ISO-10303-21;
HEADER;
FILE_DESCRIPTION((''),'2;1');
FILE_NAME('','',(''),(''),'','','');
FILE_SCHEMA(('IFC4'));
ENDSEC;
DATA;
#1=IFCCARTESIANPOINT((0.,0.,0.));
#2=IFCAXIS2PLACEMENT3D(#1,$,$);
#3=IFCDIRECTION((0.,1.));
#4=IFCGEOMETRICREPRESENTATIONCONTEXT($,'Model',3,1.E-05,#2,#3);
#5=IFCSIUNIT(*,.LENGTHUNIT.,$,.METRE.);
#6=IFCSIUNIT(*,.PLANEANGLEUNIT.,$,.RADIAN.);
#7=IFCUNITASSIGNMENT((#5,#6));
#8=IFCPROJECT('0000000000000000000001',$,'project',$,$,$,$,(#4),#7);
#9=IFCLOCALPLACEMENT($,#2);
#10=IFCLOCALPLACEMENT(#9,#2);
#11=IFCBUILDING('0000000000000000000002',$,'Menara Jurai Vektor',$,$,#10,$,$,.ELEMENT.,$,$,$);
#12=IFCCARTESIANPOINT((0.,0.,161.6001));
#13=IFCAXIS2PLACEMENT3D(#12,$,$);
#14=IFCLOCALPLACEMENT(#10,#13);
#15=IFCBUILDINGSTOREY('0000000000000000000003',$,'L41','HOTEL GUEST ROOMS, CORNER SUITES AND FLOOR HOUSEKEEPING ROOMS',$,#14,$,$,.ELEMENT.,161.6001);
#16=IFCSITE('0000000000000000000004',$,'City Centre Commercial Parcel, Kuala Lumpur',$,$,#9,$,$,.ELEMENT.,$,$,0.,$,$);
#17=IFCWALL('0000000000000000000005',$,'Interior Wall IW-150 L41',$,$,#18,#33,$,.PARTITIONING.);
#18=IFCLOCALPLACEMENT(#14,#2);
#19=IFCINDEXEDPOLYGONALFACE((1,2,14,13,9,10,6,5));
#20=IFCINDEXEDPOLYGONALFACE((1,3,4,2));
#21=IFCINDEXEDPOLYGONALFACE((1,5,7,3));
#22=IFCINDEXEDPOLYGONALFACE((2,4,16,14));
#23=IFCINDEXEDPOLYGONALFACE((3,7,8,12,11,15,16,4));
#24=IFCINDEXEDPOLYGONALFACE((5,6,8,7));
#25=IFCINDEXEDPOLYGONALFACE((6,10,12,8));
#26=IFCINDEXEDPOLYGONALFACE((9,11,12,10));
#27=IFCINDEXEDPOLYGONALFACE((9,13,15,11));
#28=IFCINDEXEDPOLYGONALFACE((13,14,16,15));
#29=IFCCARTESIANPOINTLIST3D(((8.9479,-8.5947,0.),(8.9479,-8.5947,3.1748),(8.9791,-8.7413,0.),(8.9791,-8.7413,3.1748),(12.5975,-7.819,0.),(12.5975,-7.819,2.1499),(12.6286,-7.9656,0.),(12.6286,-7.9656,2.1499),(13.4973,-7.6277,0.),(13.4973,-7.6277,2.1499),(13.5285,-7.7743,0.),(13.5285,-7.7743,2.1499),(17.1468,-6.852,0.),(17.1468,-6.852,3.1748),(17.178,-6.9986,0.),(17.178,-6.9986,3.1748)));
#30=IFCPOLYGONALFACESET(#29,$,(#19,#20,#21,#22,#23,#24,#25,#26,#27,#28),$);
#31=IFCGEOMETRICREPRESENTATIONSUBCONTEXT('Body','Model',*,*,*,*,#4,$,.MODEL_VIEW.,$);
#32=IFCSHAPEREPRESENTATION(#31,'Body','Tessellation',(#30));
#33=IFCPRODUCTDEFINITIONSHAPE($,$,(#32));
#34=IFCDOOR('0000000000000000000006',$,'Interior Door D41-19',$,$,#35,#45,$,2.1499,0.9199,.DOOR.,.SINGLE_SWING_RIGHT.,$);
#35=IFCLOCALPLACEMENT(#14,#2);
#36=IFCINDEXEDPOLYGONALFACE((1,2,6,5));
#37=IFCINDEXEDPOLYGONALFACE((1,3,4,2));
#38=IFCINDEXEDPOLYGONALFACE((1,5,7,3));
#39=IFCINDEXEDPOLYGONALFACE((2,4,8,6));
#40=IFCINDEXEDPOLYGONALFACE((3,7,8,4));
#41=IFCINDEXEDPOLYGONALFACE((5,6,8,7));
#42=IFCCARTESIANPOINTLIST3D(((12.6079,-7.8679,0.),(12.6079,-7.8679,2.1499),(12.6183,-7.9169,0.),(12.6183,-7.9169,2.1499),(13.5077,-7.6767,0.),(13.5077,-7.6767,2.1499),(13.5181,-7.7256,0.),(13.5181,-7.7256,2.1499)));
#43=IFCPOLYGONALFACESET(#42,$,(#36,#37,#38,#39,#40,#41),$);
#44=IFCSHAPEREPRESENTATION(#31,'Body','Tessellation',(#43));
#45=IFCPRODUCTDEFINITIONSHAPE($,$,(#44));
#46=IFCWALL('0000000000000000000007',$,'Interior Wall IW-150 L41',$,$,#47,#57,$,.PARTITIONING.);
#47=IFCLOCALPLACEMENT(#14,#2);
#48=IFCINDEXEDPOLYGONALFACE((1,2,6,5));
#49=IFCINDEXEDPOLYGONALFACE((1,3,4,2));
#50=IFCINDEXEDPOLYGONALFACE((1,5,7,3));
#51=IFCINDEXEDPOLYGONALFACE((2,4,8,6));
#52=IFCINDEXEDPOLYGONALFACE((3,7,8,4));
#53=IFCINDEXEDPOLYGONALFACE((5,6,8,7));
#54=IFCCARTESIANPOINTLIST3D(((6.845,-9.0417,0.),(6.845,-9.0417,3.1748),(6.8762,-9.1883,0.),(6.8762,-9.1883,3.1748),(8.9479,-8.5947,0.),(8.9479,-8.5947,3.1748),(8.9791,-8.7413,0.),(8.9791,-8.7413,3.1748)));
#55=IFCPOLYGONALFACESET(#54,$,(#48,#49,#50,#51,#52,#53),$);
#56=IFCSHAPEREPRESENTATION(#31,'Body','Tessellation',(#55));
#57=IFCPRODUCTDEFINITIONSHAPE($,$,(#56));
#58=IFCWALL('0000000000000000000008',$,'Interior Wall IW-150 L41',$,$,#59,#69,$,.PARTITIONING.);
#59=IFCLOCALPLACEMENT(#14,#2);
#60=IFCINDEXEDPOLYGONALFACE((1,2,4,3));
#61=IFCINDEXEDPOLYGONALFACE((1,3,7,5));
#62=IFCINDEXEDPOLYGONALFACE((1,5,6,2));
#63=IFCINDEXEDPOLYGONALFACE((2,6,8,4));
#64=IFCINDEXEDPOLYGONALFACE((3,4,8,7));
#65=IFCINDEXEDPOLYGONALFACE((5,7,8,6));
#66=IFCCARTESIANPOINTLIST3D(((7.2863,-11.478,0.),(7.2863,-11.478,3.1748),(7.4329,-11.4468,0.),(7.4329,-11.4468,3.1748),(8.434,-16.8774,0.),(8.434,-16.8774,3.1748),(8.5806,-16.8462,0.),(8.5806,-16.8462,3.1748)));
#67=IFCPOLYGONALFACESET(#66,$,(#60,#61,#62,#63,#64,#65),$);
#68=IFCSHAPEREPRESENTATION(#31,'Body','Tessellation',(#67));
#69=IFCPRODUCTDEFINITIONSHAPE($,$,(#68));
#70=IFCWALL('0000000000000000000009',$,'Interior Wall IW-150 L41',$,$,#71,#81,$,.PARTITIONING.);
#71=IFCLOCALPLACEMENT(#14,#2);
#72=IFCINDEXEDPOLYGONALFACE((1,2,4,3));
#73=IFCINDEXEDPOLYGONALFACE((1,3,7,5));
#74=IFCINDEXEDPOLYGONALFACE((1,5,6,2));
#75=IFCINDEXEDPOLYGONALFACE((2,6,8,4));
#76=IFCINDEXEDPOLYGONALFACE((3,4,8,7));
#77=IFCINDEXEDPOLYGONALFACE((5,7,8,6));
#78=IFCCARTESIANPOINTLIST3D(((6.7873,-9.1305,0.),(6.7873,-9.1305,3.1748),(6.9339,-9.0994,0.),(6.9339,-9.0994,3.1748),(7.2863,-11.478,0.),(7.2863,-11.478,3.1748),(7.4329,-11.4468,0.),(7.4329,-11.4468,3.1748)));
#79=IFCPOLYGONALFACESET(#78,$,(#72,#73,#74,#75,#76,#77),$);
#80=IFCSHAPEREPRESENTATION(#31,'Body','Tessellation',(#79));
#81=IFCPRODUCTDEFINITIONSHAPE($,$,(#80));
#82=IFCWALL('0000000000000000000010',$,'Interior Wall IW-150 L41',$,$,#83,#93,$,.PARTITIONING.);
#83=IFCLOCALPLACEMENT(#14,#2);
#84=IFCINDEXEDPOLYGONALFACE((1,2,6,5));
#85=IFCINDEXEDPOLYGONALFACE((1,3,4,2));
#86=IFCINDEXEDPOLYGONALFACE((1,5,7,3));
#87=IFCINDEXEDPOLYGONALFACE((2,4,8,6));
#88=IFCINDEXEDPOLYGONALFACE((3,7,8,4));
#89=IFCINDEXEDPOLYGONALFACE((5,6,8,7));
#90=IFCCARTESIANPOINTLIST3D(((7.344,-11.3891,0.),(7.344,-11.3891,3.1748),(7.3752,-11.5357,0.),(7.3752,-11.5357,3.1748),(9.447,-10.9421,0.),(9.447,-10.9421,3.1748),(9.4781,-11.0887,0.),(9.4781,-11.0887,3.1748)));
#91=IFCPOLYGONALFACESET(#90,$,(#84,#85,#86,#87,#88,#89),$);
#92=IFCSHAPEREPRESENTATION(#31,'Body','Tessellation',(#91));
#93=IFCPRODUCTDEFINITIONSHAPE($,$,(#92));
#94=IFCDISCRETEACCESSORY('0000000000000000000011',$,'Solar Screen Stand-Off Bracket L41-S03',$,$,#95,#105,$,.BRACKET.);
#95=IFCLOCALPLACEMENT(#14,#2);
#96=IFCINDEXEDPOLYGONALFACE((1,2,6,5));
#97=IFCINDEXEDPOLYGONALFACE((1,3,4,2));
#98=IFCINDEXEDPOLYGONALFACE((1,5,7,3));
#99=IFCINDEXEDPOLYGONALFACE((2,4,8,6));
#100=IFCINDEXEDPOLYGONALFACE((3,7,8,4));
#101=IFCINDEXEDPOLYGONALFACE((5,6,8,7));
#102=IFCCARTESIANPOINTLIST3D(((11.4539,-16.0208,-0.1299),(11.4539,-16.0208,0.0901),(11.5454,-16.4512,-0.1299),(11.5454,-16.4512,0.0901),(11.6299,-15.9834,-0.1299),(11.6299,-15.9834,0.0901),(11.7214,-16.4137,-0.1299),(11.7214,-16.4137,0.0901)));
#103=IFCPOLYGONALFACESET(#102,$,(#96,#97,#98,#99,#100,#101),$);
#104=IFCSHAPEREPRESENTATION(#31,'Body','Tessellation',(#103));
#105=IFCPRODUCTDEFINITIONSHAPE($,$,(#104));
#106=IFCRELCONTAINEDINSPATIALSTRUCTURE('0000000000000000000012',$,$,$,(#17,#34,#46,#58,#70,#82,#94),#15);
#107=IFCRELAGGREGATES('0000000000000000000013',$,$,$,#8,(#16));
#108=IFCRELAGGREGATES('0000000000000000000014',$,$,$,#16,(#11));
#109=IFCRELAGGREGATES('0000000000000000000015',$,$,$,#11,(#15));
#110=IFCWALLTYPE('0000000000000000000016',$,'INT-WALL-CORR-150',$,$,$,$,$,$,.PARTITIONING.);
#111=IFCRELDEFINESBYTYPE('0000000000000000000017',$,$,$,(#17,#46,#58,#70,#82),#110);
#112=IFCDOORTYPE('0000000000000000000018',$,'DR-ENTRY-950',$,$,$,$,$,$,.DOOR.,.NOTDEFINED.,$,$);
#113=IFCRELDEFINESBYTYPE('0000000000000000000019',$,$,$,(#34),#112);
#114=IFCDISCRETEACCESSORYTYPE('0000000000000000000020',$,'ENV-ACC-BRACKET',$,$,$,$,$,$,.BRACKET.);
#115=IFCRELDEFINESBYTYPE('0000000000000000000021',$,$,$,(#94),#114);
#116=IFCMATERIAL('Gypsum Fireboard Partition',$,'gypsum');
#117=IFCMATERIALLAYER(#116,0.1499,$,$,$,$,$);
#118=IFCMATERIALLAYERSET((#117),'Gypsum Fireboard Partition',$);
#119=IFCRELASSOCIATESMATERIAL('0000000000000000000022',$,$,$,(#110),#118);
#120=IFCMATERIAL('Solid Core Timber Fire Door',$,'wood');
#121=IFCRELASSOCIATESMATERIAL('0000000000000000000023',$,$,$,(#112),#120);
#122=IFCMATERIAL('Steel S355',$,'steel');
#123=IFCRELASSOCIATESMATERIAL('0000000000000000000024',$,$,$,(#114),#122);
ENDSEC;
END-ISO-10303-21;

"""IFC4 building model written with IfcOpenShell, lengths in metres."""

from ifc_helpers import new_model, si_unit, direction, frame, frame_2d, origin, origin_2d, place, context, subcontext, project, spatial, rectangle, extrude, material, layer, layer_set, type_object, element, fill, save


model = new_model("IFC4")

# Units and contexts
model_context = context("Model", 3, precision=1e-05, world=origin(), true_north=direction((0.0, 1.0)))
body_context = subcontext(model_context, "Body", "Model", "MODEL_VIEW")
ifc_project = project(units=[si_unit("LENGTHUNIT", "METRE"), si_unit("PLANEANGLEUNIT", "RADIAN")], contexts=[model_context])

# Site, building, storey
site_placement = place(None, origin())
site = spatial("IfcSite", under=ifc_project, at=site_placement, Name="City Centre Commercial Parcel, Kuala Lumpur", CompositionType="ELEMENT", RefElevation=0.0)
building_placement = place(site_placement, origin())
building = spatial("IfcBuilding", under=site, at=building_placement, Name="Menara Jurai Vektor", CompositionType="ELEMENT")
storey_placement = place(building_placement, frame((0.0, 0.0, 161.6001)))
storey = spatial("IfcBuildingStorey", under=building, at=storey_placement, Name="L41", Description="HOTEL GUEST ROOMS, CORNER SUITES AND FLOOR HOUSEKEEPING ROOMS", CompositionType="ELEMENT", Elevation=161.6001)

# Shared definitions
ifc_material_1 = material(Name="Steel S355", Category="steel")

# Wall, opening, door
ifc_material_2 = material(Name="Gypsum Fireboard Partition", Category="gypsum")
ifc_layer_1 = layer(ifc_material_2, 0.1499)
ifc_layer_set_1 = layer_set([ifc_layer_1], Name="Gypsum Fireboard Partition")
wall_type = type_object("IfcWallType", Name="INT-WALL-CORR-150", PredefinedType="PARTITIONING", material=ifc_layer_set_1)
wall_1_placement = place(storey_placement, frame((8.9636, -8.668, 0.0), z_axis=(0.0, 0.0, 1.0), x_axis=(0.978149, 0.207904, 0.0)))
wall_1 = element("IfcWall", 1, at=wall_1_placement, inside=storey, type_object=wall_type, Name="Interior Wall IW-150 L41", PredefinedType="PARTITIONING", context=body_context, shape_type="SweptSolid", body=[
    extrude(rectangle(XDim=8.3821, YDim=0.1499, at=frame_2d((4.1909, 0.0))), origin(), (0.0, 0.0, 1.0), 3.1748),
])
opening_1_placement = place(wall_1_placement, frame((3.731, 0.0, 0.0)))
opening_1 = element("IfcOpeningElement", 2, at=opening_1_placement, cuts=wall_1, PredefinedType="OPENING", context=body_context, shape_type="SweptSolid", body=[
    extrude(rectangle(XDim=0.9199, YDim=2.1499, at=frame_2d((0.46, 1.075))), frame((0.0, 0.085, 0.0), z_axis=(0.0, -1.0, 0.0), x_axis=(1.0, 0.0, 0.0)), (0.0, 0.0, 1.0), 0.1699),
])
ifc_material_3 = material(Name="Solid Core Timber Fire Door", Category="wood")
door_type_1 = type_object("IfcDoorType", Name="DR-ENTRY-950", OperationType="NOTDEFINED", PredefinedType="DOOR", material=ifc_material_3)
door_1_placement = place(opening_1_placement, origin())
door_1 = element("IfcDoor", 3, at=door_1_placement, inside=storey, type_object=door_type_1, Name="Interior Door D41-19", OperationType="SINGLE_SWING_RIGHT", OverallHeight=2.1499, OverallWidth=0.9199, PredefinedType="DOOR", context=body_context, shape_type="SweptSolid", body=[
    extrude(rectangle(XDim=0.9199, YDim=2.1499, at=frame_2d((0.46, 1.075))), frame((0.0, 0.0249, 0.0), z_axis=(0.0, -1.0, 0.0), x_axis=(1.0, 0.0, 0.0)), (0.0, 0.0, 1.0), 0.05),
])
fill(opening_1, door_1)

# Walls
wall_2_placement = place(storey_placement, frame((6.8606, -9.115, 0.0), z_axis=(0.0, 0.0, 1.0), x_axis=(0.978147, 0.207916, 0.0)))
element("IfcWall", 4, at=wall_2_placement, inside=storey, type_object=wall_type, Name="Interior Wall IW-150 L41", PredefinedType="PARTITIONING", context=body_context, shape_type="SweptSolid", body=[
    extrude(rectangle(XDim=2.1499, YDim=0.1499, at=frame_2d((1.075, 0.0))), origin(), (0.0, 0.0, 1.0), 3.1748),
])
wall_3_placement = place(storey_placement, frame((8.5073, -16.8618, 0.0), z_axis=(0.0, 0.0, 1.0), x_axis=(-0.207916, 0.978147, 0.0)))
element("IfcWall", 5, at=wall_3_placement, inside=storey, type_object=wall_type, Name="Interior Wall IW-150 L41", PredefinedType="PARTITIONING", context=body_context, shape_type="SweptSolid", body=[
    extrude(rectangle(XDim=5.52, YDim=0.1499, at=frame_2d((2.76, 0.0))), origin(), (0.0, 0.0, 1.0), 3.1748),
])
wall_4_placement = place(storey_placement, frame((7.3596, -11.4624, 0.0), z_axis=(0.0, 0.0, 1.0), x_axis=(-0.207938, 0.978142, 0.0)))
element("IfcWall", 6, at=wall_4_placement, inside=storey, type_object=wall_type, Name="Interior Wall IW-150 L41", PredefinedType="PARTITIONING", context=body_context, shape_type="SweptSolid", body=[
    extrude(rectangle(XDim=2.3999, YDim=0.1499, at=frame_2d((1.2, 0.0))), origin(), (0.0, 0.0, 1.0), 3.1748),
])
wall_5_placement = place(storey_placement, frame((7.3596, -11.4624, 0.0), z_axis=(0.0, 0.0, 1.0), x_axis=(0.978147, 0.207916, 0.0)))
element("IfcWall", 7, at=wall_5_placement, inside=storey, type_object=wall_type, Name="Interior Wall IW-150 L41", PredefinedType="PARTITIONING", context=body_context, shape_type="SweptSolid", body=[
    extrude(rectangle(XDim=2.1499, YDim=0.1499, at=frame_2d((1.075, 0.0))), origin(), (0.0, 0.0, 1.0), 3.1748),
])

# Discrete accessory
discrete_accessory_type = type_object("IfcDiscreteAccessoryType", Name="ENV-ACC-BRACKET", PredefinedType="BRACKET", material=ifc_material_1)
discrete_accessory_placement = place(storey_placement, frame((11.5876, -16.2173, -0.1299), z_axis=(0.0, 0.0, 1.0), x_axis=(0.978148, 0.207912, 0.0)))
element("IfcDiscreteAccessory", 8, at=discrete_accessory_placement, inside=storey, type_object=discrete_accessory_type, Name="Solar Screen Stand-Off Bracket L41-S03", PredefinedType="BRACKET", context=body_context, shape_type="SweptSolid", body=[
    extrude(rectangle(XDim=0.1799, YDim=0.4399, at=origin_2d()), origin(), (0.0, 0.0, 1.0), 0.22),
])

save(model, "model.ifc")
